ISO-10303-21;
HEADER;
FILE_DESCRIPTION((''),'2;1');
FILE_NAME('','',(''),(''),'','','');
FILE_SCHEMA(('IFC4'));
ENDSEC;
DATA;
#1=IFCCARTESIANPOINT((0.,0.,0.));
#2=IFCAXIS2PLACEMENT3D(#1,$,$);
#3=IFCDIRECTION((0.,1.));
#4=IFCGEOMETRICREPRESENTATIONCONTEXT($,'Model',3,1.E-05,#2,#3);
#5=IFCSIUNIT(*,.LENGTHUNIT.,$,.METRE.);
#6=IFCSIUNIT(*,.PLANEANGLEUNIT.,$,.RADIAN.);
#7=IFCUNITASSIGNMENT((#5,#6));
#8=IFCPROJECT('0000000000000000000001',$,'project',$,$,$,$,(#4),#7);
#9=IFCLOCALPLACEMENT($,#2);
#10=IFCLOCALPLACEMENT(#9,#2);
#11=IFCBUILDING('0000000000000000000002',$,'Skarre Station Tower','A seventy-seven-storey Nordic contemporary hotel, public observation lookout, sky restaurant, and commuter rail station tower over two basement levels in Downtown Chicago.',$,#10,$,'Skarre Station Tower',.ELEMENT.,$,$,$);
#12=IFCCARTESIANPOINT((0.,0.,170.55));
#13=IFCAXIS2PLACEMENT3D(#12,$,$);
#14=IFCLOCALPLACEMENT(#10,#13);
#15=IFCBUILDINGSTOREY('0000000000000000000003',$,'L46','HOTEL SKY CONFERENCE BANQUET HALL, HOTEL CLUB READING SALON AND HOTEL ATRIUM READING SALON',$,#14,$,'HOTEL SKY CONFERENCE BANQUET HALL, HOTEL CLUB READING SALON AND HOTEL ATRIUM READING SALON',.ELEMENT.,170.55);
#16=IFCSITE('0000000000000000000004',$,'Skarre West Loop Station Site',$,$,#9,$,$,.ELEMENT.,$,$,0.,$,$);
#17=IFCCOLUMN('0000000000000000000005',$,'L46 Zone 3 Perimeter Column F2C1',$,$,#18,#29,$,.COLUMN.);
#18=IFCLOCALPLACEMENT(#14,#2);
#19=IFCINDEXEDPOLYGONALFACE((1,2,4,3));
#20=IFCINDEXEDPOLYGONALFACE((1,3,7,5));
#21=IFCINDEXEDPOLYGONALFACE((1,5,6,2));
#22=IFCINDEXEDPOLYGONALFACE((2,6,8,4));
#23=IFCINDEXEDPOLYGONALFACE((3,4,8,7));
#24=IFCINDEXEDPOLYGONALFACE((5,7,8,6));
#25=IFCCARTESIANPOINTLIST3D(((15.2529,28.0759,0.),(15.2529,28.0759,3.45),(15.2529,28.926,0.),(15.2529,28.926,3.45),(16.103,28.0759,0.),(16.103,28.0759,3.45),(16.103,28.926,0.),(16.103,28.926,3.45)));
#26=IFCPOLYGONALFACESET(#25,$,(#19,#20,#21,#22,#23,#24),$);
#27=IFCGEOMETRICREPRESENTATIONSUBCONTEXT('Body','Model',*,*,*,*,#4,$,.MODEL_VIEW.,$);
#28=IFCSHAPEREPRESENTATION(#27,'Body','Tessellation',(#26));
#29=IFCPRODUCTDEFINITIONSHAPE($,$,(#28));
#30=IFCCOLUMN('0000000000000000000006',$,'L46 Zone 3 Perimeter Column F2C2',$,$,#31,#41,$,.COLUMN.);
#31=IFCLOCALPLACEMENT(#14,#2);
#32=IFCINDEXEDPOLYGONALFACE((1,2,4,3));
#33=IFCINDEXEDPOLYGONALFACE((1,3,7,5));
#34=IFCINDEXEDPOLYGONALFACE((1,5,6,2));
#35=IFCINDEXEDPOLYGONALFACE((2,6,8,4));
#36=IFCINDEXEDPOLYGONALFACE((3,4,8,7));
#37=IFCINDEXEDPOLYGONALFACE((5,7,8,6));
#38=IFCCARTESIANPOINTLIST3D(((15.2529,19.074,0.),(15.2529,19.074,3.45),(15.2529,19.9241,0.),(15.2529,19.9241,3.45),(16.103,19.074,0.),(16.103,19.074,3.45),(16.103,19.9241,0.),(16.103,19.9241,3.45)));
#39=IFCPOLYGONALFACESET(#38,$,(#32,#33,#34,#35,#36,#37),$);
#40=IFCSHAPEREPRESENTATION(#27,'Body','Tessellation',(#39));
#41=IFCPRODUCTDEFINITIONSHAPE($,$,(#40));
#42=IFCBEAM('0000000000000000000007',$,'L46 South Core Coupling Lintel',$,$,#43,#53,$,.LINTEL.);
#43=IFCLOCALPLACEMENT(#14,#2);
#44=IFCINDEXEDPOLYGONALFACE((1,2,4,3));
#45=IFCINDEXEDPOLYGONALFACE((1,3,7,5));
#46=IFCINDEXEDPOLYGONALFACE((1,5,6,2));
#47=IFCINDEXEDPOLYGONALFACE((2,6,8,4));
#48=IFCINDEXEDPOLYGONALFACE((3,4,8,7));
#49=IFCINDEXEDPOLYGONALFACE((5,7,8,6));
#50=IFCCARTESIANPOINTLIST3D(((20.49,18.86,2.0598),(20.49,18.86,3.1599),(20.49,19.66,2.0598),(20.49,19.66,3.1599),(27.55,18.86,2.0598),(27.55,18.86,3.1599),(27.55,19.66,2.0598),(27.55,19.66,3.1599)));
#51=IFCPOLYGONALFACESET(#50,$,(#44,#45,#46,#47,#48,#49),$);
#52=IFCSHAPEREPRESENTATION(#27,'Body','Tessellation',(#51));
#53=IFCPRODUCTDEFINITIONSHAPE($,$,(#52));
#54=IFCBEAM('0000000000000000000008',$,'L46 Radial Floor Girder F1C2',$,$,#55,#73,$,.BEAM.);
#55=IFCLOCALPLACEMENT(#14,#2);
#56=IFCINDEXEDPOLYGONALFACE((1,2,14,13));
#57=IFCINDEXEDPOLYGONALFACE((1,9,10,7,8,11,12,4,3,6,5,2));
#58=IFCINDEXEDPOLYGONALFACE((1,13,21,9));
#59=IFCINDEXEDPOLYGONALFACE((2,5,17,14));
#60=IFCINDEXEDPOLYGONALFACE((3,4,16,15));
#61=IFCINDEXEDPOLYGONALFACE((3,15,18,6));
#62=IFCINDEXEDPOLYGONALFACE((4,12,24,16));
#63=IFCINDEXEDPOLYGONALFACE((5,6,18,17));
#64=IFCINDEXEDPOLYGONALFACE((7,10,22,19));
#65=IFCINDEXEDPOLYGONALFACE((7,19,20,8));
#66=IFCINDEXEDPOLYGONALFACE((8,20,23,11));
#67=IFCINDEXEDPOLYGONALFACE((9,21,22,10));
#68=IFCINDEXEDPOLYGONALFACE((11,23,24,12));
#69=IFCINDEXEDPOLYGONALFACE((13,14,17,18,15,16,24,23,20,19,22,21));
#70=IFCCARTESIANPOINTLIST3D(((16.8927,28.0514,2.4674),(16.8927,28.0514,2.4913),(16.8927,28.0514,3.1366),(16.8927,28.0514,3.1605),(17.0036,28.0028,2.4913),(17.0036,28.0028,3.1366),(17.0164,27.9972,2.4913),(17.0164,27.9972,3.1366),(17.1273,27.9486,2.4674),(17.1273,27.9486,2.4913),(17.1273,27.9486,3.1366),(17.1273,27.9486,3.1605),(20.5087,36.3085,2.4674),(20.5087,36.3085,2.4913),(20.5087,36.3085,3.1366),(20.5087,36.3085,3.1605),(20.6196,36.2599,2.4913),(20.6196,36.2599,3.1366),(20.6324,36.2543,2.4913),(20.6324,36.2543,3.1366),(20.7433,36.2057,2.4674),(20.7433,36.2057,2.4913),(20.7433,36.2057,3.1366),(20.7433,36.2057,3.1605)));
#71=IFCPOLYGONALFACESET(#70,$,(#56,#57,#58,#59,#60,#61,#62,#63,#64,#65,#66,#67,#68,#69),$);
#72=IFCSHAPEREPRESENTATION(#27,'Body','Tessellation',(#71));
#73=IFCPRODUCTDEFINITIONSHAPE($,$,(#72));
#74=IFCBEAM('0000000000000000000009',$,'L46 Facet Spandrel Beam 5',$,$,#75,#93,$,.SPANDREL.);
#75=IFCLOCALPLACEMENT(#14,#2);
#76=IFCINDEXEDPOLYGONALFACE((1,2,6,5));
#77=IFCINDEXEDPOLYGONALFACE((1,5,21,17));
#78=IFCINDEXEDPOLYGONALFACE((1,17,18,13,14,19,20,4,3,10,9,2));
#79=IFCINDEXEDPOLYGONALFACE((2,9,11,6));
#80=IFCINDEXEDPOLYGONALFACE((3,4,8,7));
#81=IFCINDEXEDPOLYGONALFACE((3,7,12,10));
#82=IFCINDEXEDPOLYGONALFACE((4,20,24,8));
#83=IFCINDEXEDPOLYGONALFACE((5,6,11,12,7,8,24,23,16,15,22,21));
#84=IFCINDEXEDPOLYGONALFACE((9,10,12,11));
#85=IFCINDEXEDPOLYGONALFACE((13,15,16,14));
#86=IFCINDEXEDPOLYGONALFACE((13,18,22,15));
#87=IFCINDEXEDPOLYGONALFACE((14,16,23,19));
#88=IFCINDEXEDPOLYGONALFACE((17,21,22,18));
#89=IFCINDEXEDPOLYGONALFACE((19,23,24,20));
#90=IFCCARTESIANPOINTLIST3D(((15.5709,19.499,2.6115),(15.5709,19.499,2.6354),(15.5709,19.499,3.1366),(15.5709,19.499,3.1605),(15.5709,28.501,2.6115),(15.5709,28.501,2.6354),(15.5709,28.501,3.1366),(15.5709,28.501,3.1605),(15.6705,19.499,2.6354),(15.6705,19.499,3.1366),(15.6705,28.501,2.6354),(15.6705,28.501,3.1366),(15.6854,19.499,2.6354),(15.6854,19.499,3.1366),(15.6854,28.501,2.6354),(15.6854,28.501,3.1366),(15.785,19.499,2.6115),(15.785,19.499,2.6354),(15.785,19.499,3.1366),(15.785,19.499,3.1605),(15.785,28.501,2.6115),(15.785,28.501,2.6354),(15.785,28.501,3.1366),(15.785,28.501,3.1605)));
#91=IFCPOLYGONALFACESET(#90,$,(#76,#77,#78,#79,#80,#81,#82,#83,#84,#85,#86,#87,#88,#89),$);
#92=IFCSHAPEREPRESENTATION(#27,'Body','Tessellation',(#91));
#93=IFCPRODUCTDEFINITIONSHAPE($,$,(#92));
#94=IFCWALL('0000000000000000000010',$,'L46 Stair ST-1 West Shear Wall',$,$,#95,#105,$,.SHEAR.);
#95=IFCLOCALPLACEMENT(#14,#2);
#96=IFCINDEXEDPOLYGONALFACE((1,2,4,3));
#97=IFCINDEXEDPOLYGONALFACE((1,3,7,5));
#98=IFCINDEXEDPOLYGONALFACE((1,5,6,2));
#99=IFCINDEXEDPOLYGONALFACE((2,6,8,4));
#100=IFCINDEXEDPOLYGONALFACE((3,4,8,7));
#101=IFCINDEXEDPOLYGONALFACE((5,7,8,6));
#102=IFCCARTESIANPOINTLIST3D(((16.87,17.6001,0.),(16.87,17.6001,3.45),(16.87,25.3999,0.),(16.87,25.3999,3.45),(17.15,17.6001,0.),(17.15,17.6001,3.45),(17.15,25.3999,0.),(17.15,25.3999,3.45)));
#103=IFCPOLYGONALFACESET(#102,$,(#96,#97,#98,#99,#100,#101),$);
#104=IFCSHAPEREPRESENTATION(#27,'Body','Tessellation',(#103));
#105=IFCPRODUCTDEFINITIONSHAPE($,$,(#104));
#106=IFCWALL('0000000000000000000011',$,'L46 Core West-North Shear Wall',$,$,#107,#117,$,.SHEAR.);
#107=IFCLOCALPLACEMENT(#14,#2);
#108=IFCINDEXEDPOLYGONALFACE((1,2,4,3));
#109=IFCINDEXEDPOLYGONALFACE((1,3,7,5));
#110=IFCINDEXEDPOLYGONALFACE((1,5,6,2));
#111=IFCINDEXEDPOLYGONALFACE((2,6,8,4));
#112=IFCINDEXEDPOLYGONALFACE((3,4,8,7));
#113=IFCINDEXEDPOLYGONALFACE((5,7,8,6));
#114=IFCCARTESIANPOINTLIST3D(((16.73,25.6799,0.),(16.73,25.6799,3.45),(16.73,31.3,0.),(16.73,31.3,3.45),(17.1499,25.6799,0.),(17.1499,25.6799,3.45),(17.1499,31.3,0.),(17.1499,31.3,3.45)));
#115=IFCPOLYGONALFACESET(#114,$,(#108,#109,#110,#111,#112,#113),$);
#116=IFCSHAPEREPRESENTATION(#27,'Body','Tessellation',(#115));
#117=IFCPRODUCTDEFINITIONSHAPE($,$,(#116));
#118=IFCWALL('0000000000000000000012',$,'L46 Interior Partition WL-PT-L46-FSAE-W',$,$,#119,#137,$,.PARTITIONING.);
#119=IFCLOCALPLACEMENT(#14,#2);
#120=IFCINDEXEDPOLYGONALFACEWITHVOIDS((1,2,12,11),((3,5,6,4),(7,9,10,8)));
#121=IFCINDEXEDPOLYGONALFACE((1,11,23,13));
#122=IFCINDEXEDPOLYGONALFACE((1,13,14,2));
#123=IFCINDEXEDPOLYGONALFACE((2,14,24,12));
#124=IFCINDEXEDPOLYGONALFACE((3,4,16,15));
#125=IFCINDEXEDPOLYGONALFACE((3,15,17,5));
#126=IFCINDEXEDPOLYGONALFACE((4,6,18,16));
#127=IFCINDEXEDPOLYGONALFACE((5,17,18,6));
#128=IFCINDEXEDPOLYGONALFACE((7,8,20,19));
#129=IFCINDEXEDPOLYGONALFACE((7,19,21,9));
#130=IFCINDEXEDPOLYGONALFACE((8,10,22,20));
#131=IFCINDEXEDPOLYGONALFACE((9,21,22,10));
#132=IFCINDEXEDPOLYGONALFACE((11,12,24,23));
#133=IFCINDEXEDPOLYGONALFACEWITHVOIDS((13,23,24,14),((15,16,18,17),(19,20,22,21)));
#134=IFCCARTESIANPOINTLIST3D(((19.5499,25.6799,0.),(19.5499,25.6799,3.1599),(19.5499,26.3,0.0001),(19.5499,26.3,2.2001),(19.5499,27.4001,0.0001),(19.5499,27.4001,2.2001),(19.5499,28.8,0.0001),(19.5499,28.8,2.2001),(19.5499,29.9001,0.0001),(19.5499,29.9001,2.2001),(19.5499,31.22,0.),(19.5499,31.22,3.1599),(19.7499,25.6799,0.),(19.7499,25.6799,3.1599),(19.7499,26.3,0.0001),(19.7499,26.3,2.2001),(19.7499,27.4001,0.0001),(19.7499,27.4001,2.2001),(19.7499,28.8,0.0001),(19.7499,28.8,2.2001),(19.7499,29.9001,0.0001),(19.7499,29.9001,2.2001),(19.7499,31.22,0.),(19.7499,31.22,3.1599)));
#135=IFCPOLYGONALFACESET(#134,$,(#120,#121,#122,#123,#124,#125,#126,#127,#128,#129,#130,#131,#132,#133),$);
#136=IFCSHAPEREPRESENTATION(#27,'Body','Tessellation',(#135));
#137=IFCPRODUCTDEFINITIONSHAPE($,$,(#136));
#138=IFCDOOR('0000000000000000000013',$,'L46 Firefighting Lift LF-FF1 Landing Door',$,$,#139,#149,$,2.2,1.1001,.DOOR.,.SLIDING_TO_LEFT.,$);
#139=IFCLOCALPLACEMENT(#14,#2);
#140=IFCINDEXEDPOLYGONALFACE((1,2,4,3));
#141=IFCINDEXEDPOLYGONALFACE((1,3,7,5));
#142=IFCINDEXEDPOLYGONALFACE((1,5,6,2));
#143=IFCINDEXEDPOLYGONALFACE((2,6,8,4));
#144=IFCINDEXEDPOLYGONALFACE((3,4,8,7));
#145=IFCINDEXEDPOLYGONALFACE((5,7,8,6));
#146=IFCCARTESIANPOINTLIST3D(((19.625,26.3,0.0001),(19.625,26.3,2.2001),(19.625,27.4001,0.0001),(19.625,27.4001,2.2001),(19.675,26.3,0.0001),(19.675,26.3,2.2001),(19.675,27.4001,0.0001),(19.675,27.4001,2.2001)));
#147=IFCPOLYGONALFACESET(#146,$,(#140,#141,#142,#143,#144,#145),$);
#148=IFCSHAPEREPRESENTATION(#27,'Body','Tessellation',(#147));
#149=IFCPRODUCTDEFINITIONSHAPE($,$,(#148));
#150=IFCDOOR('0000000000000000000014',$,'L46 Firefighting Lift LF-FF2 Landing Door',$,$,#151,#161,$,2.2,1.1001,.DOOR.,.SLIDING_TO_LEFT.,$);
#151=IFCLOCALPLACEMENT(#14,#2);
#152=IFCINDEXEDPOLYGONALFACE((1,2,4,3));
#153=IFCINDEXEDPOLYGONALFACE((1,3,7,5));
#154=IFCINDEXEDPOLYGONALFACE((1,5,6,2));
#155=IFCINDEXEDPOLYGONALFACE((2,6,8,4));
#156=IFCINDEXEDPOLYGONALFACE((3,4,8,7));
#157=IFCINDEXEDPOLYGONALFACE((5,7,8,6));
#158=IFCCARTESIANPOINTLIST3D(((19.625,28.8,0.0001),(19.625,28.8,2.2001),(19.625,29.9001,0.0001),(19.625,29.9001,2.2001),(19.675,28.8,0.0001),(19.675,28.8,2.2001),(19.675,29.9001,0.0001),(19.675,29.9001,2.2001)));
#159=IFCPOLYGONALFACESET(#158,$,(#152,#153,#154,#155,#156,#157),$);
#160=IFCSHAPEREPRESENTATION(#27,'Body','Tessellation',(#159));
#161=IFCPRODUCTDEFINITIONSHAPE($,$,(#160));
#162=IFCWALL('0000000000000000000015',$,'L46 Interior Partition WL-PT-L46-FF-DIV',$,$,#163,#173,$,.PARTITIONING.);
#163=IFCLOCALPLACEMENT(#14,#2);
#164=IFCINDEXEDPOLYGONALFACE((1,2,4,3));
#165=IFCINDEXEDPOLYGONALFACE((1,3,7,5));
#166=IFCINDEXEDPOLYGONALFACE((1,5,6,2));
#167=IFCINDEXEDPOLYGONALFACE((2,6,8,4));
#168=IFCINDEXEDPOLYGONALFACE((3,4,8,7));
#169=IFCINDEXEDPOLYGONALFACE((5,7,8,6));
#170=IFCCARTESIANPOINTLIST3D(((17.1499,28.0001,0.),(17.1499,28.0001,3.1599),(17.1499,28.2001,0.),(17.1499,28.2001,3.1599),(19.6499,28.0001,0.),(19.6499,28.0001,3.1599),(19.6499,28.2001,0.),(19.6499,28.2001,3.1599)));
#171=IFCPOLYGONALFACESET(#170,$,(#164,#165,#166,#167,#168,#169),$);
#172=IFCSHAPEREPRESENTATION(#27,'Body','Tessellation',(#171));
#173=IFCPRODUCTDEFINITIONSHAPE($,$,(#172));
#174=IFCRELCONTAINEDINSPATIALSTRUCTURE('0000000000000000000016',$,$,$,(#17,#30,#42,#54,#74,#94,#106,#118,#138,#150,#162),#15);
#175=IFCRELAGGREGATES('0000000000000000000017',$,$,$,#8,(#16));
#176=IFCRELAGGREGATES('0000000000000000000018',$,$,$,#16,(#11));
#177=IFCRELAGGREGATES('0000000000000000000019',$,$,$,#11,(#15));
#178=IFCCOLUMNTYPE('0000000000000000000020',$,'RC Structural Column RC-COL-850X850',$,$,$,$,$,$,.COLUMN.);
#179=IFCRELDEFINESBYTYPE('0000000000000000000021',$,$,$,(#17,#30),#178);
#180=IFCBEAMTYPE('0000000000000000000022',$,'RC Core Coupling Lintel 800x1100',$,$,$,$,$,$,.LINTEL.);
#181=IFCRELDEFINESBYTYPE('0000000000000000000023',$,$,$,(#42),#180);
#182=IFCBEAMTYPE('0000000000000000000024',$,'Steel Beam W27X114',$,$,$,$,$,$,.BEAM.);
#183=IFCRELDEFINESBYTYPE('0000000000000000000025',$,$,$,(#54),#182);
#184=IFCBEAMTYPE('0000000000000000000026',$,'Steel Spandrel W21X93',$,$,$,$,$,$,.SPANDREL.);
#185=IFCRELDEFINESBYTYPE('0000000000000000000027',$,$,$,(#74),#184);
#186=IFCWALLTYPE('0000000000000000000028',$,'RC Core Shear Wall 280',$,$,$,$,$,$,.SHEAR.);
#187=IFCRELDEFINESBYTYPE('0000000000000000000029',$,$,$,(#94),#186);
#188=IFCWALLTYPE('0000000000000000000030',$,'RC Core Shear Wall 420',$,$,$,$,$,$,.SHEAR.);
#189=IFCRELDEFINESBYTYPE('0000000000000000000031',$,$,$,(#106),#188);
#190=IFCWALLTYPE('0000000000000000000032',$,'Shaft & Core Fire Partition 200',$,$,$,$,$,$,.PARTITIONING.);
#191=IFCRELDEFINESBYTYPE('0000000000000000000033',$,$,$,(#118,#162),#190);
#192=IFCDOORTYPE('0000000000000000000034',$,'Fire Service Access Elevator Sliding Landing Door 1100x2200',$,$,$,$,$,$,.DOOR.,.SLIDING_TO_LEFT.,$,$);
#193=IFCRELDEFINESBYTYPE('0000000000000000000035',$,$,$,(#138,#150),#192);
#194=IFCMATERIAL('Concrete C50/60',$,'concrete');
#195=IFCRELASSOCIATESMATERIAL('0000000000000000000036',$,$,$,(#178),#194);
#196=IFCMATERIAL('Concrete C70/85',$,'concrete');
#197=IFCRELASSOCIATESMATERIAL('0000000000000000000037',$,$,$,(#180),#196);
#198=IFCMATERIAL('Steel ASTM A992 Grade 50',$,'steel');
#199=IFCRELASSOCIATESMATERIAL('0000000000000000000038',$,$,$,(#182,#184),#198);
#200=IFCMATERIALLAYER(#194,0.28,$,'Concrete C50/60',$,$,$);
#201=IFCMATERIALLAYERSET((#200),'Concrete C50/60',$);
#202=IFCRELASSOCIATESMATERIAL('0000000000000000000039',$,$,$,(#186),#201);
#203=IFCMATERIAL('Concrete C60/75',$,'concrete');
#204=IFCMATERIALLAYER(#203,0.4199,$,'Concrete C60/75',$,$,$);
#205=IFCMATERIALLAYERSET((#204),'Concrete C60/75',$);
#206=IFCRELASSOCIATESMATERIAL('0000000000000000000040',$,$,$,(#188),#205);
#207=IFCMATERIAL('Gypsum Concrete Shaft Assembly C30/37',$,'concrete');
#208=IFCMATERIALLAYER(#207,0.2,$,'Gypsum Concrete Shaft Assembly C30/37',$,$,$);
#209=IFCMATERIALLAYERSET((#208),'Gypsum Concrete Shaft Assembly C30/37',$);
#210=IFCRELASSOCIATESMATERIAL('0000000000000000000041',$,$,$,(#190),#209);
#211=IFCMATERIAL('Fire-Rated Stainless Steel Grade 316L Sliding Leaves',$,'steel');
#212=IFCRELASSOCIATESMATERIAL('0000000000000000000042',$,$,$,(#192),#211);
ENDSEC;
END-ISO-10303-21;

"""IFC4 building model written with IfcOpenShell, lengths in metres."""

from ifc_helpers import new_model, si_unit, direction, frame, frame_2d, origin, origin_2d, place, context, subcontext, project, spatial, rectangle, i_section, extrude, material, layer, layer_set, material_profile, profile_set, type_object, element, fill, save


model = new_model("IFC4")

# Units and contexts
model_context = context("Model", 3, precision=1e-05, world=origin(), true_north=direction((0.0, 1.0)))
body_context = subcontext(model_context, "Body", "Model", "MODEL_VIEW")
ifc_project = project(units=[si_unit("LENGTHUNIT", "METRE"), si_unit("PLANEANGLEUNIT", "RADIAN")], contexts=[model_context])

# Site, building, storey
site_placement = place(None, origin())
site = spatial("IfcSite", under=ifc_project, at=site_placement, Name="Skarre West Loop Station Site", CompositionType="ELEMENT", RefElevation=0.0)
building_placement = place(site_placement, origin())
building = spatial("IfcBuilding", under=site, at=building_placement, Name="Skarre Station Tower", Description="A seventy-seven-storey Nordic contemporary hotel, public observation lookout, sky restaurant, and commuter rail station tower over two basement levels in Downtown Chicago.", LongName="Skarre Station Tower", CompositionType="ELEMENT")
storey_placement = place(building_placement, frame((0.0, 0.0, 170.55)))
storey = spatial("IfcBuildingStorey", under=building, at=storey_placement, Name="L46", Description="HOTEL SKY CONFERENCE BANQUET HALL, HOTEL CLUB READING SALON AND HOTEL ATRIUM READING SALON", LongName="HOTEL SKY CONFERENCE BANQUET HALL, HOTEL CLUB READING SALON AND HOTEL ATRIUM READING SALON", CompositionType="ELEMENT", Elevation=170.55)

# Columns
ifc_material_1 = material(Name="Concrete C50/60", Category="concrete")
ifc_material_profile_1 = material_profile(ifc_material_1, rectangle(XDim=0.8501, YDim=0.8501, at=origin_2d()), Name="Concrete C50/60")
ifc_profile_set_1 = profile_set([ifc_material_profile_1], Name="Concrete C50/60")
column_type = type_object("IfcColumnType", Name="RC Structural Column RC-COL-850X850", PredefinedType="COLUMN", material=ifc_profile_set_1)
for number, where, z_axis, x_axis, name in (
    (1, (15.678, 28.501, 0.0), (0.0, 0.0, 1.0), (1.0, 0.0, 0.0), "L46 Zone 3 Perimeter Column F2C1"),
    (2, (15.678, 19.499, 0.0), (0.0, 0.0, 1.0), (1.0, 0.0, 0.0), "L46 Zone 3 Perimeter Column F2C2"),
):
    element("IfcColumn", number, at=place(storey_placement, frame(where, z_axis=z_axis, x_axis=x_axis)), inside=storey, type_object=column_type, Name=name, PredefinedType="COLUMN", context=body_context, shape_type="SweptSolid", body=[
        extrude(rectangle(XDim=0.8501, YDim=0.8501, at=origin_2d()), origin(), (0.0, 0.0, 1.0), 3.45),
    ])

# Beams
ifc_material_2 = material(Name="Concrete C70/85", Category="concrete")
ifc_material_profile_2 = material_profile(ifc_material_2, rectangle(XDim=0.8, YDim=1.1001, at=origin_2d()), Name="Concrete C70/85")
ifc_profile_set_2 = profile_set([ifc_material_profile_2], Name="Concrete C70/85")
beam_type_1 = type_object("IfcBeamType", Name="RC Core Coupling Lintel 800x1100", PredefinedType="LINTEL", material=ifc_profile_set_2)
beam_1_placement = place(storey_placement, frame((20.49, 19.26, 2.6099), z_axis=(1.0, 0.0, 0.0), x_axis=(0.0, 1.0, 0.0)))
element("IfcBeam", 3, at=beam_1_placement, inside=storey, type_object=beam_type_1, Name="L46 South Core Coupling Lintel", PredefinedType="LINTEL", context=body_context, shape_type="SweptSolid", body=[
    extrude(rectangle(XDim=0.8, YDim=1.1001, at=origin_2d()), origin(), (0.0, 0.0, 1.0), 7.0601),
])
ifc_material_3 = material(Name="Steel ASTM A992 Grade 50", Category="steel")
ifc_material_profile_3 = material_profile(ifc_material_3, i_section(OverallWidth=0.2561, OverallDepth=0.6931, WebThickness=0.0139, FlangeThickness=0.0239, at=origin_2d()), Name="Steel ASTM A992 Grade 50")
ifc_profile_set_3 = profile_set([ifc_material_profile_3], Name="Steel ASTM A992 Grade 50")
beam_type_2 = type_object("IfcBeamType", Name="Steel Beam W27X114", PredefinedType="BEAM", material=ifc_profile_set_3)
beam_2_placement = place(storey_placement, frame((17.01, 28.0, 2.814), z_axis=(0.401144, 0.916015, 0.0), x_axis=(-0.916015, 0.401144, 0.0)))
element("IfcBeam", 4, at=beam_2_placement, inside=storey, type_object=beam_type_2, Name="L46 Radial Floor Girder F1C2", PredefinedType="BEAM", context=body_context, shape_type="SweptSolid", body=[
    extrude(i_section(OverallWidth=0.2561, OverallDepth=0.6931, WebThickness=0.0139, FlangeThickness=0.0239, at=origin_2d()), origin(), (0.0, 0.0, 1.0), 9.0142),
])
ifc_material_profile_4 = material_profile(ifc_material_3, i_section(OverallWidth=0.2141, OverallDepth=0.5491, WebThickness=0.0149, FlangeThickness=0.0239, at=origin_2d()), Name="Steel ASTM A992 Grade 50")
ifc_profile_set_4 = profile_set([ifc_material_profile_4], Name="Steel ASTM A992 Grade 50")
beam_type_3 = type_object("IfcBeamType", Name="Steel Spandrel W21X93", PredefinedType="SPANDREL", material=ifc_profile_set_4)
beam_3_placement = place(storey_placement, frame((15.678, 28.501, 2.886), z_axis=(0.0, -1.0, 0.0), x_axis=(1.0, 0.0, 0.0)))
element("IfcBeam", 5, at=beam_3_placement, inside=storey, type_object=beam_type_3, Name="L46 Facet Spandrel Beam 5", PredefinedType="SPANDREL", context=body_context, shape_type="SweptSolid", body=[
    extrude(i_section(OverallWidth=0.2141, OverallDepth=0.5491, WebThickness=0.0149, FlangeThickness=0.0239, at=origin_2d()), origin(), (0.0, 0.0, 1.0), 9.002),
])

# Walls
ifc_layer_1 = layer(ifc_material_1, 0.28, Name="Concrete C50/60")
ifc_layer_set_1 = layer_set([ifc_layer_1], Name="Concrete C50/60")
wall_type_1 = type_object("IfcWallType", Name="RC Core Shear Wall 280", PredefinedType="SHEAR", material=ifc_layer_set_1)
wall_1_placement = place(storey_placement, frame((17.01, 25.3999, 0.0), z_axis=(0.0, 0.0, 1.0), x_axis=(0.0, -1.0, 0.0)))
element("IfcWall", 6, at=wall_1_placement, inside=storey, type_object=wall_type_1, Name="L46 Stair ST-1 West Shear Wall", PredefinedType="SHEAR", context=body_context, shape_type="SweptSolid", body=[
    extrude(rectangle(XDim=7.7998, YDim=0.28, at=frame_2d((3.8999, 0.0))), origin(), (0.0, 0.0, 1.0), 3.45),
])
ifc_material_4 = material(Name="Concrete C60/75", Category="concrete")
ifc_layer_2 = layer(ifc_material_4, 0.4199, Name="Concrete C60/75")
ifc_layer_set_2 = layer_set([ifc_layer_2], Name="Concrete C60/75")
wall_type_2 = type_object("IfcWallType", Name="RC Core Shear Wall 420", PredefinedType="SHEAR", material=ifc_layer_set_2)
wall_2_placement = place(storey_placement, frame((16.9399, 25.6799, 0.0), z_axis=(0.0, 0.0, 1.0), x_axis=(0.0, 1.0, 0.0)))
element("IfcWall", 7, at=wall_2_placement, inside=storey, type_object=wall_type_2, Name="L46 Core West-North Shear Wall", PredefinedType="SHEAR", context=body_context, shape_type="SweptSolid", body=[
    extrude(rectangle(XDim=5.6201, YDim=0.4199, at=frame_2d((2.8101, 0.0))), origin(), (0.0, 0.0, 1.0), 3.45),
])

# Wall, openings, doors
ifc_material_5 = material(Name="Gypsum Concrete Shaft Assembly C30/37", Category="concrete")
ifc_layer_3 = layer(ifc_material_5, 0.2, Name="Gypsum Concrete Shaft Assembly C30/37")
ifc_layer_set_3 = layer_set([ifc_layer_3], Name="Gypsum Concrete Shaft Assembly C30/37")
wall_type_3 = type_object("IfcWallType", Name="Shaft & Core Fire Partition 200", PredefinedType="PARTITIONING", material=ifc_layer_set_3)
wall_3_placement = place(storey_placement, frame((19.6499, 25.6799, 0.0), z_axis=(0.0, 0.0, 1.0), x_axis=(0.0, 1.0, 0.0)))
wall_3 = element("IfcWall", 8, at=wall_3_placement, inside=storey, type_object=wall_type_3, Name="L46 Interior Partition WL-PT-L46-FSAE-W", PredefinedType="PARTITIONING", context=body_context, shape_type="SweptSolid", body=[
    extrude(rectangle(XDim=5.54, YDim=0.2, at=frame_2d((2.77, 0.0))), origin(), (0.0, 0.0, 1.0), 3.1599),
])
opening_1_placement = place(wall_3_placement, frame((0.6201, 0.0, 0.0)))
opening_1 = element("IfcOpeningElement", 9, at=opening_1_placement, cuts=wall_3, PredefinedType="OPENING", context=body_context, shape_type="SweptSolid", body=[
    extrude(rectangle(XDim=1.1001, YDim=2.2, at=frame_2d((0.55, 1.1001))), frame((0.0, 0.1099, 0.0), z_axis=(0.0, -1.0, 0.0), x_axis=(1.0, 0.0, 0.0)), (0.0, 0.0, 1.0), 0.22),
])
opening_2_placement = place(wall_3_placement, frame((3.1201, 0.0, 0.0)))
opening_2 = element("IfcOpeningElement", 10, at=opening_2_placement, cuts=wall_3, PredefinedType="OPENING", context=body_context, shape_type="SweptSolid", body=[
    extrude(rectangle(XDim=1.1001, YDim=2.2, at=frame_2d((0.55, 1.1001))), frame((0.0, 0.1099, 0.0), z_axis=(0.0, -1.0, 0.0), x_axis=(1.0, 0.0, 0.0)), (0.0, 0.0, 1.0), 0.22),
])
ifc_material_6 = material(Name="Fire-Rated Stainless Steel Grade 316L Sliding Leaves", Category="steel")
door_type = type_object("IfcDoorType", Name="Fire Service Access Elevator Sliding Landing Door 1100x2200", OperationType="SLIDING_TO_LEFT", PredefinedType="DOOR", material=ifc_material_6)
door_1_placement = place(opening_1_placement, origin())
door_1 = element("IfcDoor", 11, at=door_1_placement, inside=storey, type_object=door_type, Name="L46 Firefighting Lift LF-FF1 Landing Door", OperationType="SLIDING_TO_LEFT", OverallHeight=2.2, OverallWidth=1.1001, PredefinedType="DOOR", context=body_context, shape_type="SweptSolid", body=[
    extrude(rectangle(XDim=1.1001, YDim=2.2, at=frame_2d((0.55, 1.1001))), frame((0.0, 0.0249, 0.0), z_axis=(0.0, -1.0, 0.0), x_axis=(1.0, 0.0, 0.0)), (0.0, 0.0, 1.0), 0.05),
])
fill(opening_1, door_1)
door_2_placement = place(opening_2_placement, origin())
door_2 = element("IfcDoor", 12, at=door_2_placement, inside=storey, type_object=door_type, Name="L46 Firefighting Lift LF-FF2 Landing Door", OperationType="SLIDING_TO_LEFT", OverallHeight=2.2, OverallWidth=1.1001, PredefinedType="DOOR", context=body_context, shape_type="SweptSolid", body=[
    extrude(rectangle(XDim=1.1001, YDim=2.2, at=frame_2d((0.55, 1.1001))), frame((0.0, 0.0249, 0.0), z_axis=(0.0, -1.0, 0.0), x_axis=(1.0, 0.0, 0.0)), (0.0, 0.0, 1.0), 0.05),
])
fill(opening_2, door_2)

# Wall
wall_4_placement = place(storey_placement, frame((17.1499, 28.1001, 0.0), z_axis=(0.0, 0.0, 1.0), x_axis=(1.0, 0.0, 0.0)))
element("IfcWall", 13, at=wall_4_placement, inside=storey, type_object=wall_type_3, Name="L46 Interior Partition WL-PT-L46-FF-DIV", PredefinedType="PARTITIONING", context=body_context, shape_type="SweptSolid", body=[
    extrude(rectangle(XDim=2.5, YDim=0.2, at=frame_2d((1.25, 0.0))), origin(), (0.0, 0.0, 1.0), 3.1599),
])

save(model, "model.ifc")
